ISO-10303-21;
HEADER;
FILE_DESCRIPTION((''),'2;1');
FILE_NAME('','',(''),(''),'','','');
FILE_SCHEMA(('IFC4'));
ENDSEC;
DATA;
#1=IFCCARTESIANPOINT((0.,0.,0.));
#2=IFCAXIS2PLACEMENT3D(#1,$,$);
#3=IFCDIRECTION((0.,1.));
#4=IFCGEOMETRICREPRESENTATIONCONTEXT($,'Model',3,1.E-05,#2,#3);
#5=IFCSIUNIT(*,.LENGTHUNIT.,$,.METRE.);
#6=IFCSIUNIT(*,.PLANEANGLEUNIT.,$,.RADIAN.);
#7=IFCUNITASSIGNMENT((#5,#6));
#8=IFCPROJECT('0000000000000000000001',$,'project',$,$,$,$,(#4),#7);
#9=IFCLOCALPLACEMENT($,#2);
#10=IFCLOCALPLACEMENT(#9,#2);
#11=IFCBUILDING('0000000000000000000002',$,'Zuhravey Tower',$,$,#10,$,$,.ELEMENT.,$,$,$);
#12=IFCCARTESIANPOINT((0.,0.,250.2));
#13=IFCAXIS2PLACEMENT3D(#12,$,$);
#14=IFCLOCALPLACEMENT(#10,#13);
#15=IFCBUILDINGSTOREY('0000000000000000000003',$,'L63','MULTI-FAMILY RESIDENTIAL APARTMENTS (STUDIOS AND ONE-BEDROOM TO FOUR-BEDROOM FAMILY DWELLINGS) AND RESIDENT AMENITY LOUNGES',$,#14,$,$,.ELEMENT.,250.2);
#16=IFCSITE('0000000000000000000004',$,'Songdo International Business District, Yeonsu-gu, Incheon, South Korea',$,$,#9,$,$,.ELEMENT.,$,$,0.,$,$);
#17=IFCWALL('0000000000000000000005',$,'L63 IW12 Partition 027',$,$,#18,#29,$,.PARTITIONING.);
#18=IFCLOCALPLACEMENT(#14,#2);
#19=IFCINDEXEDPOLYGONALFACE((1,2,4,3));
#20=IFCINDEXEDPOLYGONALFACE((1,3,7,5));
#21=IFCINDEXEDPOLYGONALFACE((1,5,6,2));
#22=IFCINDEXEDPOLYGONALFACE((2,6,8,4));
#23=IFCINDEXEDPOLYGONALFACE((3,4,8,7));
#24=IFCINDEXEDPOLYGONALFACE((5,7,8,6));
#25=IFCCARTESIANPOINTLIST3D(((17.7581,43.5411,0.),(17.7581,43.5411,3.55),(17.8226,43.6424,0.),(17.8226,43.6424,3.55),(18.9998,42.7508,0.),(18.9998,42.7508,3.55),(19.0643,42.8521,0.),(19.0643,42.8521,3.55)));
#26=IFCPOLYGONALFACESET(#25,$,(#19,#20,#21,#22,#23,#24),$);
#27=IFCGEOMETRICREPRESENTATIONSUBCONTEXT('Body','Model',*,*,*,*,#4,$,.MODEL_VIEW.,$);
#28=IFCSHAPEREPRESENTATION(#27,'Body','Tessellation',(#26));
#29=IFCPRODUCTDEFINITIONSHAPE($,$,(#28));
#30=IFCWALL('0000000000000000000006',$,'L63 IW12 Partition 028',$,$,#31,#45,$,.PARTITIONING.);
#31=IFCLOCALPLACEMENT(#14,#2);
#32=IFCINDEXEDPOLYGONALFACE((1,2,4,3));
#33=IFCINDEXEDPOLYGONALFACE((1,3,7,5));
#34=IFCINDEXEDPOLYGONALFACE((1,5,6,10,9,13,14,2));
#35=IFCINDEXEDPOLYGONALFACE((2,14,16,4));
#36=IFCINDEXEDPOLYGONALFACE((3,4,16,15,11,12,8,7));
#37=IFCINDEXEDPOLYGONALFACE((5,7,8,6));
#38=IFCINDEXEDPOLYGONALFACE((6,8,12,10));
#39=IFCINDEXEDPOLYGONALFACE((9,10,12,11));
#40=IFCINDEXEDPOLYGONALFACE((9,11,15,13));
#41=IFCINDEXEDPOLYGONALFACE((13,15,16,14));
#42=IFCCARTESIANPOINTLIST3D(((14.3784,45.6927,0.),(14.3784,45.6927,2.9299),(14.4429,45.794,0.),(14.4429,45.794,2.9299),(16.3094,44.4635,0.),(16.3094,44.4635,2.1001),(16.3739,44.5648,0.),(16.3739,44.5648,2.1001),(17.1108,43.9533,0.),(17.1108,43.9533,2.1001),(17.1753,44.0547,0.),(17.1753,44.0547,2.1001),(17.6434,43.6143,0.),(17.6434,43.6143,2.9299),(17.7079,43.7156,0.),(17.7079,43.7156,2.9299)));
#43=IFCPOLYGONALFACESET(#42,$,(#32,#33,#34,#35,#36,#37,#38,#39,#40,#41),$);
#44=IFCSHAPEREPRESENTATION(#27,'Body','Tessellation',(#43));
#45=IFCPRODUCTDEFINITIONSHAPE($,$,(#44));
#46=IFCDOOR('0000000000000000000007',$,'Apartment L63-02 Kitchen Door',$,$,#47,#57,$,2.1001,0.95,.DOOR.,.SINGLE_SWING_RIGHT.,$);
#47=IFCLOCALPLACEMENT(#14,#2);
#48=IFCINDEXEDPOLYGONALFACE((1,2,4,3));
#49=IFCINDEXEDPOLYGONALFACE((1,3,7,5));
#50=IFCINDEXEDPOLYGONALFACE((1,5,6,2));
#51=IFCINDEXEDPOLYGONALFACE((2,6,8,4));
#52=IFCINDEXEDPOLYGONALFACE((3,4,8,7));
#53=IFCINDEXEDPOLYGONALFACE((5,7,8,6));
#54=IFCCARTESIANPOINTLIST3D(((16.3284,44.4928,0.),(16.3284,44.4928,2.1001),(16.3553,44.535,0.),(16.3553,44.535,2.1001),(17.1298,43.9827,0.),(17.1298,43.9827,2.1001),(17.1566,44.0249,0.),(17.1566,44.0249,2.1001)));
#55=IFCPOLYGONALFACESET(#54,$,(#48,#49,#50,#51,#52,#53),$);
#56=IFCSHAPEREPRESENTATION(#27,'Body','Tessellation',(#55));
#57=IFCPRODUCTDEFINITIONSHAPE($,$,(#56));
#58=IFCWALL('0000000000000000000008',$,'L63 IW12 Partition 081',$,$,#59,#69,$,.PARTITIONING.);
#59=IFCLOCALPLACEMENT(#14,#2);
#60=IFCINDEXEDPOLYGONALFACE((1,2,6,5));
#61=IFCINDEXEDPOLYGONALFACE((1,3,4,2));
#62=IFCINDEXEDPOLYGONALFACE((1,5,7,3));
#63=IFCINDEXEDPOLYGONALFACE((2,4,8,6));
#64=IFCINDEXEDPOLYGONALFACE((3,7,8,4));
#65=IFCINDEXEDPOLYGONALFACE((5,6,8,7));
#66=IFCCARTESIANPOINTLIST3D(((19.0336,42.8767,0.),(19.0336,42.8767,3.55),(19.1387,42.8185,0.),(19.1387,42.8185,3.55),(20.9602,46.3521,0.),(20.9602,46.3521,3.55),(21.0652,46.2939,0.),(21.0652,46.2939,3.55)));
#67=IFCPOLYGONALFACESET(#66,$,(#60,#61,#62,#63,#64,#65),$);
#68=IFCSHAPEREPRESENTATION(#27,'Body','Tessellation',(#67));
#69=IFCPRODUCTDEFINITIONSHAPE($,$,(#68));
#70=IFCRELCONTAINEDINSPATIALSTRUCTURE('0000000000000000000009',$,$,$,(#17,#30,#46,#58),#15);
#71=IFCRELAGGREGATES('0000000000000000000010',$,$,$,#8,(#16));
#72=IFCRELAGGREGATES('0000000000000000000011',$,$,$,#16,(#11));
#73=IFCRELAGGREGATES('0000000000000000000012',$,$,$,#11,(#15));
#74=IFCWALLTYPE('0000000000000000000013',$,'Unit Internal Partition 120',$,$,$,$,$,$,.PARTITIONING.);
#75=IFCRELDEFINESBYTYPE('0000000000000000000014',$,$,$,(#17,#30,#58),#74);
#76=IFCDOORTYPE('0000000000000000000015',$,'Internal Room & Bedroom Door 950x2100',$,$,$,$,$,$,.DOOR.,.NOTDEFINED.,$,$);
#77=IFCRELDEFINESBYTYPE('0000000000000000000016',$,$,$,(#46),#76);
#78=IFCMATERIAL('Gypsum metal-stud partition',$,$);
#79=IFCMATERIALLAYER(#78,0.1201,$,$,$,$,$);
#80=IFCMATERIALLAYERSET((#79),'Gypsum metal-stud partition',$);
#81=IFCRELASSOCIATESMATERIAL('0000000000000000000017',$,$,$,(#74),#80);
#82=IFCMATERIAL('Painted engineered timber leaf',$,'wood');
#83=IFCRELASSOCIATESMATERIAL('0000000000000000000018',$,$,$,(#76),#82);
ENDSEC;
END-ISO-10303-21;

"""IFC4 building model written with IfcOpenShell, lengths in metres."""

from ifc_helpers import new_model, si_unit, direction, frame, frame_2d, origin, place, context, subcontext, project, spatial, rectangle, extrude, material, layer, layer_set, type_object, element, fill, save


model = new_model("IFC4")

# Units and contexts
model_context = context("Model", 3, precision=1e-05, world=origin(), true_north=direction((0.0, 1.0)))
body_context = subcontext(model_context, "Body", "Model", "MODEL_VIEW")
ifc_project = project(units=[si_unit("LENGTHUNIT", "METRE"), si_unit("PLANEANGLEUNIT", "RADIAN")], contexts=[model_context])

# Site, building, storey
site_placement = place(None, origin())
site = spatial("IfcSite", under=ifc_project, at=site_placement, Name="Songdo International Business District, Yeonsu-gu, Incheon, South Korea", CompositionType="ELEMENT", RefElevation=0.0)
building_placement = place(site_placement, origin())
building = spatial("IfcBuilding", under=site, at=building_placement, Name="Zuhravey Tower", CompositionType="ELEMENT")
storey_placement = place(building_placement, frame((0.0, 0.0, 250.2)))
storey = spatial("IfcBuildingStorey", under=building, at=storey_placement, Name="L63", Description="MULTI-FAMILY RESIDENTIAL APARTMENTS (STUDIOS AND ONE-BEDROOM TO FOUR-BEDROOM FAMILY DWELLINGS) AND RESIDENT AMENITY LOUNGES", CompositionType="ELEMENT", Elevation=250.2)

# Shared definitions
ifc_material_1 = material(Name="Gypsum metal-stud partition")
ifc_layer_1 = layer(ifc_material_1, 0.1201)
ifc_layer_set_1 = layer_set([ifc_layer_1], Name="Gypsum metal-stud partition")
wall_type_1 = type_object("IfcWallType", Name="Unit Internal Partition 120", PredefinedType="PARTITIONING", material=ifc_layer_set_1)
ifc_material_2 = material(Name="Painted engineered timber leaf", Category="wood")
door_type_1 = type_object("IfcDoorType", Name="Internal Room & Bedroom Door 950x2100", OperationType="NOTDEFINED", PredefinedType="DOOR", material=ifc_material_2)

# Wall
wall_1_placement = place(storey_placement, frame((19.032, 42.8015, 0.0), z_axis=(0.0, 0.0, 1.0), x_axis=(-0.843627, 0.536929, 0.0)))
element("IfcWall", 1, at=wall_1_placement, inside=storey, type_object=wall_type_1, Name="L63 IW12 Partition 027", PredefinedType="PARTITIONING", context=body_context, shape_type="SweptSolid", body=[
    extrude(rectangle(XDim=1.4719, YDim=0.1201, at=frame_2d((0.7358, 0.0))), origin(), (0.0, 0.0, 1.0), 3.55),
])

# Wall, opening, door
wall_2_placement = place(storey_placement, frame((17.6755, 43.665, 0.0), z_axis=(0.0, 0.0, 1.0), x_axis=(-0.843578, 0.537006, 0.0)))
wall_2 = element("IfcWall", 2, at=wall_2_placement, inside=storey, type_object=wall_type_1, Name="L63 IW12 Partition 028", PredefinedType="PARTITIONING", context=body_context, shape_type="SweptSolid", body=[
    extrude(rectangle(XDim=3.8704, YDim=0.1201, at=frame_2d((1.9351, 0.0))), origin(), (0.0, 0.0, 1.0), 2.9299),
])
opening_1_placement = place(wall_2_placement, frame((0.6311, 0.0, 0.0)))
opening_1 = element("IfcOpeningElement", 3, at=opening_1_placement, cuts=wall_2, PredefinedType="OPENING", context=body_context, shape_type="SweptSolid", body=[
    extrude(rectangle(XDim=0.95, YDim=2.1001, at=frame_2d((0.4751, 1.05))), frame((0.0, 0.072, 0.0), z_axis=(0.0, -1.0, 0.0), x_axis=(1.0, 0.0, 0.0)), (0.0, 0.0, 1.0), 0.144),
])
door_1_placement = place(opening_1_placement, frame((0.95, 0.0, 0.0), z_axis=(0.0, 0.0, 1.0), x_axis=(-1.0, 0.0, 0.0)))
door_1 = element("IfcDoor", 4, at=door_1_placement, inside=storey, type_object=door_type_1, Name="Apartment L63-02 Kitchen Door", OperationType="SINGLE_SWING_RIGHT", OverallHeight=2.1001, OverallWidth=0.95, PredefinedType="DOOR", context=body_context, shape_type="SweptSolid", body=[
    extrude(rectangle(XDim=0.95, YDim=2.1001, at=frame_2d((0.4751, 1.05))), frame((0.0, 0.0249, 0.0), z_axis=(0.0, -1.0, 0.0), x_axis=(1.0, 0.0, 0.0)), (0.0, 0.0, 1.0), 0.05),
])
fill(opening_1, door_1)

# Wall
wall_3_placement = place(storey_placement, frame((21.0127, 46.323, 0.0), z_axis=(0.0, 0.0, 1.0), x_axis=(-0.484829, -0.874609, 0.0)))
element("IfcWall", 5, at=wall_3_placement, inside=storey, type_object=wall_type_1, Name="L63 IW12 Partition 081", PredefinedType="PARTITIONING", context=body_context, shape_type="SweptSolid", body=[
    extrude(rectangle(XDim=3.9736, YDim=0.1201, at=frame_2d((1.9868, 0.0))), origin(), (0.0, 0.0, 1.0), 3.55),
])

save(model, "model.ifc")
